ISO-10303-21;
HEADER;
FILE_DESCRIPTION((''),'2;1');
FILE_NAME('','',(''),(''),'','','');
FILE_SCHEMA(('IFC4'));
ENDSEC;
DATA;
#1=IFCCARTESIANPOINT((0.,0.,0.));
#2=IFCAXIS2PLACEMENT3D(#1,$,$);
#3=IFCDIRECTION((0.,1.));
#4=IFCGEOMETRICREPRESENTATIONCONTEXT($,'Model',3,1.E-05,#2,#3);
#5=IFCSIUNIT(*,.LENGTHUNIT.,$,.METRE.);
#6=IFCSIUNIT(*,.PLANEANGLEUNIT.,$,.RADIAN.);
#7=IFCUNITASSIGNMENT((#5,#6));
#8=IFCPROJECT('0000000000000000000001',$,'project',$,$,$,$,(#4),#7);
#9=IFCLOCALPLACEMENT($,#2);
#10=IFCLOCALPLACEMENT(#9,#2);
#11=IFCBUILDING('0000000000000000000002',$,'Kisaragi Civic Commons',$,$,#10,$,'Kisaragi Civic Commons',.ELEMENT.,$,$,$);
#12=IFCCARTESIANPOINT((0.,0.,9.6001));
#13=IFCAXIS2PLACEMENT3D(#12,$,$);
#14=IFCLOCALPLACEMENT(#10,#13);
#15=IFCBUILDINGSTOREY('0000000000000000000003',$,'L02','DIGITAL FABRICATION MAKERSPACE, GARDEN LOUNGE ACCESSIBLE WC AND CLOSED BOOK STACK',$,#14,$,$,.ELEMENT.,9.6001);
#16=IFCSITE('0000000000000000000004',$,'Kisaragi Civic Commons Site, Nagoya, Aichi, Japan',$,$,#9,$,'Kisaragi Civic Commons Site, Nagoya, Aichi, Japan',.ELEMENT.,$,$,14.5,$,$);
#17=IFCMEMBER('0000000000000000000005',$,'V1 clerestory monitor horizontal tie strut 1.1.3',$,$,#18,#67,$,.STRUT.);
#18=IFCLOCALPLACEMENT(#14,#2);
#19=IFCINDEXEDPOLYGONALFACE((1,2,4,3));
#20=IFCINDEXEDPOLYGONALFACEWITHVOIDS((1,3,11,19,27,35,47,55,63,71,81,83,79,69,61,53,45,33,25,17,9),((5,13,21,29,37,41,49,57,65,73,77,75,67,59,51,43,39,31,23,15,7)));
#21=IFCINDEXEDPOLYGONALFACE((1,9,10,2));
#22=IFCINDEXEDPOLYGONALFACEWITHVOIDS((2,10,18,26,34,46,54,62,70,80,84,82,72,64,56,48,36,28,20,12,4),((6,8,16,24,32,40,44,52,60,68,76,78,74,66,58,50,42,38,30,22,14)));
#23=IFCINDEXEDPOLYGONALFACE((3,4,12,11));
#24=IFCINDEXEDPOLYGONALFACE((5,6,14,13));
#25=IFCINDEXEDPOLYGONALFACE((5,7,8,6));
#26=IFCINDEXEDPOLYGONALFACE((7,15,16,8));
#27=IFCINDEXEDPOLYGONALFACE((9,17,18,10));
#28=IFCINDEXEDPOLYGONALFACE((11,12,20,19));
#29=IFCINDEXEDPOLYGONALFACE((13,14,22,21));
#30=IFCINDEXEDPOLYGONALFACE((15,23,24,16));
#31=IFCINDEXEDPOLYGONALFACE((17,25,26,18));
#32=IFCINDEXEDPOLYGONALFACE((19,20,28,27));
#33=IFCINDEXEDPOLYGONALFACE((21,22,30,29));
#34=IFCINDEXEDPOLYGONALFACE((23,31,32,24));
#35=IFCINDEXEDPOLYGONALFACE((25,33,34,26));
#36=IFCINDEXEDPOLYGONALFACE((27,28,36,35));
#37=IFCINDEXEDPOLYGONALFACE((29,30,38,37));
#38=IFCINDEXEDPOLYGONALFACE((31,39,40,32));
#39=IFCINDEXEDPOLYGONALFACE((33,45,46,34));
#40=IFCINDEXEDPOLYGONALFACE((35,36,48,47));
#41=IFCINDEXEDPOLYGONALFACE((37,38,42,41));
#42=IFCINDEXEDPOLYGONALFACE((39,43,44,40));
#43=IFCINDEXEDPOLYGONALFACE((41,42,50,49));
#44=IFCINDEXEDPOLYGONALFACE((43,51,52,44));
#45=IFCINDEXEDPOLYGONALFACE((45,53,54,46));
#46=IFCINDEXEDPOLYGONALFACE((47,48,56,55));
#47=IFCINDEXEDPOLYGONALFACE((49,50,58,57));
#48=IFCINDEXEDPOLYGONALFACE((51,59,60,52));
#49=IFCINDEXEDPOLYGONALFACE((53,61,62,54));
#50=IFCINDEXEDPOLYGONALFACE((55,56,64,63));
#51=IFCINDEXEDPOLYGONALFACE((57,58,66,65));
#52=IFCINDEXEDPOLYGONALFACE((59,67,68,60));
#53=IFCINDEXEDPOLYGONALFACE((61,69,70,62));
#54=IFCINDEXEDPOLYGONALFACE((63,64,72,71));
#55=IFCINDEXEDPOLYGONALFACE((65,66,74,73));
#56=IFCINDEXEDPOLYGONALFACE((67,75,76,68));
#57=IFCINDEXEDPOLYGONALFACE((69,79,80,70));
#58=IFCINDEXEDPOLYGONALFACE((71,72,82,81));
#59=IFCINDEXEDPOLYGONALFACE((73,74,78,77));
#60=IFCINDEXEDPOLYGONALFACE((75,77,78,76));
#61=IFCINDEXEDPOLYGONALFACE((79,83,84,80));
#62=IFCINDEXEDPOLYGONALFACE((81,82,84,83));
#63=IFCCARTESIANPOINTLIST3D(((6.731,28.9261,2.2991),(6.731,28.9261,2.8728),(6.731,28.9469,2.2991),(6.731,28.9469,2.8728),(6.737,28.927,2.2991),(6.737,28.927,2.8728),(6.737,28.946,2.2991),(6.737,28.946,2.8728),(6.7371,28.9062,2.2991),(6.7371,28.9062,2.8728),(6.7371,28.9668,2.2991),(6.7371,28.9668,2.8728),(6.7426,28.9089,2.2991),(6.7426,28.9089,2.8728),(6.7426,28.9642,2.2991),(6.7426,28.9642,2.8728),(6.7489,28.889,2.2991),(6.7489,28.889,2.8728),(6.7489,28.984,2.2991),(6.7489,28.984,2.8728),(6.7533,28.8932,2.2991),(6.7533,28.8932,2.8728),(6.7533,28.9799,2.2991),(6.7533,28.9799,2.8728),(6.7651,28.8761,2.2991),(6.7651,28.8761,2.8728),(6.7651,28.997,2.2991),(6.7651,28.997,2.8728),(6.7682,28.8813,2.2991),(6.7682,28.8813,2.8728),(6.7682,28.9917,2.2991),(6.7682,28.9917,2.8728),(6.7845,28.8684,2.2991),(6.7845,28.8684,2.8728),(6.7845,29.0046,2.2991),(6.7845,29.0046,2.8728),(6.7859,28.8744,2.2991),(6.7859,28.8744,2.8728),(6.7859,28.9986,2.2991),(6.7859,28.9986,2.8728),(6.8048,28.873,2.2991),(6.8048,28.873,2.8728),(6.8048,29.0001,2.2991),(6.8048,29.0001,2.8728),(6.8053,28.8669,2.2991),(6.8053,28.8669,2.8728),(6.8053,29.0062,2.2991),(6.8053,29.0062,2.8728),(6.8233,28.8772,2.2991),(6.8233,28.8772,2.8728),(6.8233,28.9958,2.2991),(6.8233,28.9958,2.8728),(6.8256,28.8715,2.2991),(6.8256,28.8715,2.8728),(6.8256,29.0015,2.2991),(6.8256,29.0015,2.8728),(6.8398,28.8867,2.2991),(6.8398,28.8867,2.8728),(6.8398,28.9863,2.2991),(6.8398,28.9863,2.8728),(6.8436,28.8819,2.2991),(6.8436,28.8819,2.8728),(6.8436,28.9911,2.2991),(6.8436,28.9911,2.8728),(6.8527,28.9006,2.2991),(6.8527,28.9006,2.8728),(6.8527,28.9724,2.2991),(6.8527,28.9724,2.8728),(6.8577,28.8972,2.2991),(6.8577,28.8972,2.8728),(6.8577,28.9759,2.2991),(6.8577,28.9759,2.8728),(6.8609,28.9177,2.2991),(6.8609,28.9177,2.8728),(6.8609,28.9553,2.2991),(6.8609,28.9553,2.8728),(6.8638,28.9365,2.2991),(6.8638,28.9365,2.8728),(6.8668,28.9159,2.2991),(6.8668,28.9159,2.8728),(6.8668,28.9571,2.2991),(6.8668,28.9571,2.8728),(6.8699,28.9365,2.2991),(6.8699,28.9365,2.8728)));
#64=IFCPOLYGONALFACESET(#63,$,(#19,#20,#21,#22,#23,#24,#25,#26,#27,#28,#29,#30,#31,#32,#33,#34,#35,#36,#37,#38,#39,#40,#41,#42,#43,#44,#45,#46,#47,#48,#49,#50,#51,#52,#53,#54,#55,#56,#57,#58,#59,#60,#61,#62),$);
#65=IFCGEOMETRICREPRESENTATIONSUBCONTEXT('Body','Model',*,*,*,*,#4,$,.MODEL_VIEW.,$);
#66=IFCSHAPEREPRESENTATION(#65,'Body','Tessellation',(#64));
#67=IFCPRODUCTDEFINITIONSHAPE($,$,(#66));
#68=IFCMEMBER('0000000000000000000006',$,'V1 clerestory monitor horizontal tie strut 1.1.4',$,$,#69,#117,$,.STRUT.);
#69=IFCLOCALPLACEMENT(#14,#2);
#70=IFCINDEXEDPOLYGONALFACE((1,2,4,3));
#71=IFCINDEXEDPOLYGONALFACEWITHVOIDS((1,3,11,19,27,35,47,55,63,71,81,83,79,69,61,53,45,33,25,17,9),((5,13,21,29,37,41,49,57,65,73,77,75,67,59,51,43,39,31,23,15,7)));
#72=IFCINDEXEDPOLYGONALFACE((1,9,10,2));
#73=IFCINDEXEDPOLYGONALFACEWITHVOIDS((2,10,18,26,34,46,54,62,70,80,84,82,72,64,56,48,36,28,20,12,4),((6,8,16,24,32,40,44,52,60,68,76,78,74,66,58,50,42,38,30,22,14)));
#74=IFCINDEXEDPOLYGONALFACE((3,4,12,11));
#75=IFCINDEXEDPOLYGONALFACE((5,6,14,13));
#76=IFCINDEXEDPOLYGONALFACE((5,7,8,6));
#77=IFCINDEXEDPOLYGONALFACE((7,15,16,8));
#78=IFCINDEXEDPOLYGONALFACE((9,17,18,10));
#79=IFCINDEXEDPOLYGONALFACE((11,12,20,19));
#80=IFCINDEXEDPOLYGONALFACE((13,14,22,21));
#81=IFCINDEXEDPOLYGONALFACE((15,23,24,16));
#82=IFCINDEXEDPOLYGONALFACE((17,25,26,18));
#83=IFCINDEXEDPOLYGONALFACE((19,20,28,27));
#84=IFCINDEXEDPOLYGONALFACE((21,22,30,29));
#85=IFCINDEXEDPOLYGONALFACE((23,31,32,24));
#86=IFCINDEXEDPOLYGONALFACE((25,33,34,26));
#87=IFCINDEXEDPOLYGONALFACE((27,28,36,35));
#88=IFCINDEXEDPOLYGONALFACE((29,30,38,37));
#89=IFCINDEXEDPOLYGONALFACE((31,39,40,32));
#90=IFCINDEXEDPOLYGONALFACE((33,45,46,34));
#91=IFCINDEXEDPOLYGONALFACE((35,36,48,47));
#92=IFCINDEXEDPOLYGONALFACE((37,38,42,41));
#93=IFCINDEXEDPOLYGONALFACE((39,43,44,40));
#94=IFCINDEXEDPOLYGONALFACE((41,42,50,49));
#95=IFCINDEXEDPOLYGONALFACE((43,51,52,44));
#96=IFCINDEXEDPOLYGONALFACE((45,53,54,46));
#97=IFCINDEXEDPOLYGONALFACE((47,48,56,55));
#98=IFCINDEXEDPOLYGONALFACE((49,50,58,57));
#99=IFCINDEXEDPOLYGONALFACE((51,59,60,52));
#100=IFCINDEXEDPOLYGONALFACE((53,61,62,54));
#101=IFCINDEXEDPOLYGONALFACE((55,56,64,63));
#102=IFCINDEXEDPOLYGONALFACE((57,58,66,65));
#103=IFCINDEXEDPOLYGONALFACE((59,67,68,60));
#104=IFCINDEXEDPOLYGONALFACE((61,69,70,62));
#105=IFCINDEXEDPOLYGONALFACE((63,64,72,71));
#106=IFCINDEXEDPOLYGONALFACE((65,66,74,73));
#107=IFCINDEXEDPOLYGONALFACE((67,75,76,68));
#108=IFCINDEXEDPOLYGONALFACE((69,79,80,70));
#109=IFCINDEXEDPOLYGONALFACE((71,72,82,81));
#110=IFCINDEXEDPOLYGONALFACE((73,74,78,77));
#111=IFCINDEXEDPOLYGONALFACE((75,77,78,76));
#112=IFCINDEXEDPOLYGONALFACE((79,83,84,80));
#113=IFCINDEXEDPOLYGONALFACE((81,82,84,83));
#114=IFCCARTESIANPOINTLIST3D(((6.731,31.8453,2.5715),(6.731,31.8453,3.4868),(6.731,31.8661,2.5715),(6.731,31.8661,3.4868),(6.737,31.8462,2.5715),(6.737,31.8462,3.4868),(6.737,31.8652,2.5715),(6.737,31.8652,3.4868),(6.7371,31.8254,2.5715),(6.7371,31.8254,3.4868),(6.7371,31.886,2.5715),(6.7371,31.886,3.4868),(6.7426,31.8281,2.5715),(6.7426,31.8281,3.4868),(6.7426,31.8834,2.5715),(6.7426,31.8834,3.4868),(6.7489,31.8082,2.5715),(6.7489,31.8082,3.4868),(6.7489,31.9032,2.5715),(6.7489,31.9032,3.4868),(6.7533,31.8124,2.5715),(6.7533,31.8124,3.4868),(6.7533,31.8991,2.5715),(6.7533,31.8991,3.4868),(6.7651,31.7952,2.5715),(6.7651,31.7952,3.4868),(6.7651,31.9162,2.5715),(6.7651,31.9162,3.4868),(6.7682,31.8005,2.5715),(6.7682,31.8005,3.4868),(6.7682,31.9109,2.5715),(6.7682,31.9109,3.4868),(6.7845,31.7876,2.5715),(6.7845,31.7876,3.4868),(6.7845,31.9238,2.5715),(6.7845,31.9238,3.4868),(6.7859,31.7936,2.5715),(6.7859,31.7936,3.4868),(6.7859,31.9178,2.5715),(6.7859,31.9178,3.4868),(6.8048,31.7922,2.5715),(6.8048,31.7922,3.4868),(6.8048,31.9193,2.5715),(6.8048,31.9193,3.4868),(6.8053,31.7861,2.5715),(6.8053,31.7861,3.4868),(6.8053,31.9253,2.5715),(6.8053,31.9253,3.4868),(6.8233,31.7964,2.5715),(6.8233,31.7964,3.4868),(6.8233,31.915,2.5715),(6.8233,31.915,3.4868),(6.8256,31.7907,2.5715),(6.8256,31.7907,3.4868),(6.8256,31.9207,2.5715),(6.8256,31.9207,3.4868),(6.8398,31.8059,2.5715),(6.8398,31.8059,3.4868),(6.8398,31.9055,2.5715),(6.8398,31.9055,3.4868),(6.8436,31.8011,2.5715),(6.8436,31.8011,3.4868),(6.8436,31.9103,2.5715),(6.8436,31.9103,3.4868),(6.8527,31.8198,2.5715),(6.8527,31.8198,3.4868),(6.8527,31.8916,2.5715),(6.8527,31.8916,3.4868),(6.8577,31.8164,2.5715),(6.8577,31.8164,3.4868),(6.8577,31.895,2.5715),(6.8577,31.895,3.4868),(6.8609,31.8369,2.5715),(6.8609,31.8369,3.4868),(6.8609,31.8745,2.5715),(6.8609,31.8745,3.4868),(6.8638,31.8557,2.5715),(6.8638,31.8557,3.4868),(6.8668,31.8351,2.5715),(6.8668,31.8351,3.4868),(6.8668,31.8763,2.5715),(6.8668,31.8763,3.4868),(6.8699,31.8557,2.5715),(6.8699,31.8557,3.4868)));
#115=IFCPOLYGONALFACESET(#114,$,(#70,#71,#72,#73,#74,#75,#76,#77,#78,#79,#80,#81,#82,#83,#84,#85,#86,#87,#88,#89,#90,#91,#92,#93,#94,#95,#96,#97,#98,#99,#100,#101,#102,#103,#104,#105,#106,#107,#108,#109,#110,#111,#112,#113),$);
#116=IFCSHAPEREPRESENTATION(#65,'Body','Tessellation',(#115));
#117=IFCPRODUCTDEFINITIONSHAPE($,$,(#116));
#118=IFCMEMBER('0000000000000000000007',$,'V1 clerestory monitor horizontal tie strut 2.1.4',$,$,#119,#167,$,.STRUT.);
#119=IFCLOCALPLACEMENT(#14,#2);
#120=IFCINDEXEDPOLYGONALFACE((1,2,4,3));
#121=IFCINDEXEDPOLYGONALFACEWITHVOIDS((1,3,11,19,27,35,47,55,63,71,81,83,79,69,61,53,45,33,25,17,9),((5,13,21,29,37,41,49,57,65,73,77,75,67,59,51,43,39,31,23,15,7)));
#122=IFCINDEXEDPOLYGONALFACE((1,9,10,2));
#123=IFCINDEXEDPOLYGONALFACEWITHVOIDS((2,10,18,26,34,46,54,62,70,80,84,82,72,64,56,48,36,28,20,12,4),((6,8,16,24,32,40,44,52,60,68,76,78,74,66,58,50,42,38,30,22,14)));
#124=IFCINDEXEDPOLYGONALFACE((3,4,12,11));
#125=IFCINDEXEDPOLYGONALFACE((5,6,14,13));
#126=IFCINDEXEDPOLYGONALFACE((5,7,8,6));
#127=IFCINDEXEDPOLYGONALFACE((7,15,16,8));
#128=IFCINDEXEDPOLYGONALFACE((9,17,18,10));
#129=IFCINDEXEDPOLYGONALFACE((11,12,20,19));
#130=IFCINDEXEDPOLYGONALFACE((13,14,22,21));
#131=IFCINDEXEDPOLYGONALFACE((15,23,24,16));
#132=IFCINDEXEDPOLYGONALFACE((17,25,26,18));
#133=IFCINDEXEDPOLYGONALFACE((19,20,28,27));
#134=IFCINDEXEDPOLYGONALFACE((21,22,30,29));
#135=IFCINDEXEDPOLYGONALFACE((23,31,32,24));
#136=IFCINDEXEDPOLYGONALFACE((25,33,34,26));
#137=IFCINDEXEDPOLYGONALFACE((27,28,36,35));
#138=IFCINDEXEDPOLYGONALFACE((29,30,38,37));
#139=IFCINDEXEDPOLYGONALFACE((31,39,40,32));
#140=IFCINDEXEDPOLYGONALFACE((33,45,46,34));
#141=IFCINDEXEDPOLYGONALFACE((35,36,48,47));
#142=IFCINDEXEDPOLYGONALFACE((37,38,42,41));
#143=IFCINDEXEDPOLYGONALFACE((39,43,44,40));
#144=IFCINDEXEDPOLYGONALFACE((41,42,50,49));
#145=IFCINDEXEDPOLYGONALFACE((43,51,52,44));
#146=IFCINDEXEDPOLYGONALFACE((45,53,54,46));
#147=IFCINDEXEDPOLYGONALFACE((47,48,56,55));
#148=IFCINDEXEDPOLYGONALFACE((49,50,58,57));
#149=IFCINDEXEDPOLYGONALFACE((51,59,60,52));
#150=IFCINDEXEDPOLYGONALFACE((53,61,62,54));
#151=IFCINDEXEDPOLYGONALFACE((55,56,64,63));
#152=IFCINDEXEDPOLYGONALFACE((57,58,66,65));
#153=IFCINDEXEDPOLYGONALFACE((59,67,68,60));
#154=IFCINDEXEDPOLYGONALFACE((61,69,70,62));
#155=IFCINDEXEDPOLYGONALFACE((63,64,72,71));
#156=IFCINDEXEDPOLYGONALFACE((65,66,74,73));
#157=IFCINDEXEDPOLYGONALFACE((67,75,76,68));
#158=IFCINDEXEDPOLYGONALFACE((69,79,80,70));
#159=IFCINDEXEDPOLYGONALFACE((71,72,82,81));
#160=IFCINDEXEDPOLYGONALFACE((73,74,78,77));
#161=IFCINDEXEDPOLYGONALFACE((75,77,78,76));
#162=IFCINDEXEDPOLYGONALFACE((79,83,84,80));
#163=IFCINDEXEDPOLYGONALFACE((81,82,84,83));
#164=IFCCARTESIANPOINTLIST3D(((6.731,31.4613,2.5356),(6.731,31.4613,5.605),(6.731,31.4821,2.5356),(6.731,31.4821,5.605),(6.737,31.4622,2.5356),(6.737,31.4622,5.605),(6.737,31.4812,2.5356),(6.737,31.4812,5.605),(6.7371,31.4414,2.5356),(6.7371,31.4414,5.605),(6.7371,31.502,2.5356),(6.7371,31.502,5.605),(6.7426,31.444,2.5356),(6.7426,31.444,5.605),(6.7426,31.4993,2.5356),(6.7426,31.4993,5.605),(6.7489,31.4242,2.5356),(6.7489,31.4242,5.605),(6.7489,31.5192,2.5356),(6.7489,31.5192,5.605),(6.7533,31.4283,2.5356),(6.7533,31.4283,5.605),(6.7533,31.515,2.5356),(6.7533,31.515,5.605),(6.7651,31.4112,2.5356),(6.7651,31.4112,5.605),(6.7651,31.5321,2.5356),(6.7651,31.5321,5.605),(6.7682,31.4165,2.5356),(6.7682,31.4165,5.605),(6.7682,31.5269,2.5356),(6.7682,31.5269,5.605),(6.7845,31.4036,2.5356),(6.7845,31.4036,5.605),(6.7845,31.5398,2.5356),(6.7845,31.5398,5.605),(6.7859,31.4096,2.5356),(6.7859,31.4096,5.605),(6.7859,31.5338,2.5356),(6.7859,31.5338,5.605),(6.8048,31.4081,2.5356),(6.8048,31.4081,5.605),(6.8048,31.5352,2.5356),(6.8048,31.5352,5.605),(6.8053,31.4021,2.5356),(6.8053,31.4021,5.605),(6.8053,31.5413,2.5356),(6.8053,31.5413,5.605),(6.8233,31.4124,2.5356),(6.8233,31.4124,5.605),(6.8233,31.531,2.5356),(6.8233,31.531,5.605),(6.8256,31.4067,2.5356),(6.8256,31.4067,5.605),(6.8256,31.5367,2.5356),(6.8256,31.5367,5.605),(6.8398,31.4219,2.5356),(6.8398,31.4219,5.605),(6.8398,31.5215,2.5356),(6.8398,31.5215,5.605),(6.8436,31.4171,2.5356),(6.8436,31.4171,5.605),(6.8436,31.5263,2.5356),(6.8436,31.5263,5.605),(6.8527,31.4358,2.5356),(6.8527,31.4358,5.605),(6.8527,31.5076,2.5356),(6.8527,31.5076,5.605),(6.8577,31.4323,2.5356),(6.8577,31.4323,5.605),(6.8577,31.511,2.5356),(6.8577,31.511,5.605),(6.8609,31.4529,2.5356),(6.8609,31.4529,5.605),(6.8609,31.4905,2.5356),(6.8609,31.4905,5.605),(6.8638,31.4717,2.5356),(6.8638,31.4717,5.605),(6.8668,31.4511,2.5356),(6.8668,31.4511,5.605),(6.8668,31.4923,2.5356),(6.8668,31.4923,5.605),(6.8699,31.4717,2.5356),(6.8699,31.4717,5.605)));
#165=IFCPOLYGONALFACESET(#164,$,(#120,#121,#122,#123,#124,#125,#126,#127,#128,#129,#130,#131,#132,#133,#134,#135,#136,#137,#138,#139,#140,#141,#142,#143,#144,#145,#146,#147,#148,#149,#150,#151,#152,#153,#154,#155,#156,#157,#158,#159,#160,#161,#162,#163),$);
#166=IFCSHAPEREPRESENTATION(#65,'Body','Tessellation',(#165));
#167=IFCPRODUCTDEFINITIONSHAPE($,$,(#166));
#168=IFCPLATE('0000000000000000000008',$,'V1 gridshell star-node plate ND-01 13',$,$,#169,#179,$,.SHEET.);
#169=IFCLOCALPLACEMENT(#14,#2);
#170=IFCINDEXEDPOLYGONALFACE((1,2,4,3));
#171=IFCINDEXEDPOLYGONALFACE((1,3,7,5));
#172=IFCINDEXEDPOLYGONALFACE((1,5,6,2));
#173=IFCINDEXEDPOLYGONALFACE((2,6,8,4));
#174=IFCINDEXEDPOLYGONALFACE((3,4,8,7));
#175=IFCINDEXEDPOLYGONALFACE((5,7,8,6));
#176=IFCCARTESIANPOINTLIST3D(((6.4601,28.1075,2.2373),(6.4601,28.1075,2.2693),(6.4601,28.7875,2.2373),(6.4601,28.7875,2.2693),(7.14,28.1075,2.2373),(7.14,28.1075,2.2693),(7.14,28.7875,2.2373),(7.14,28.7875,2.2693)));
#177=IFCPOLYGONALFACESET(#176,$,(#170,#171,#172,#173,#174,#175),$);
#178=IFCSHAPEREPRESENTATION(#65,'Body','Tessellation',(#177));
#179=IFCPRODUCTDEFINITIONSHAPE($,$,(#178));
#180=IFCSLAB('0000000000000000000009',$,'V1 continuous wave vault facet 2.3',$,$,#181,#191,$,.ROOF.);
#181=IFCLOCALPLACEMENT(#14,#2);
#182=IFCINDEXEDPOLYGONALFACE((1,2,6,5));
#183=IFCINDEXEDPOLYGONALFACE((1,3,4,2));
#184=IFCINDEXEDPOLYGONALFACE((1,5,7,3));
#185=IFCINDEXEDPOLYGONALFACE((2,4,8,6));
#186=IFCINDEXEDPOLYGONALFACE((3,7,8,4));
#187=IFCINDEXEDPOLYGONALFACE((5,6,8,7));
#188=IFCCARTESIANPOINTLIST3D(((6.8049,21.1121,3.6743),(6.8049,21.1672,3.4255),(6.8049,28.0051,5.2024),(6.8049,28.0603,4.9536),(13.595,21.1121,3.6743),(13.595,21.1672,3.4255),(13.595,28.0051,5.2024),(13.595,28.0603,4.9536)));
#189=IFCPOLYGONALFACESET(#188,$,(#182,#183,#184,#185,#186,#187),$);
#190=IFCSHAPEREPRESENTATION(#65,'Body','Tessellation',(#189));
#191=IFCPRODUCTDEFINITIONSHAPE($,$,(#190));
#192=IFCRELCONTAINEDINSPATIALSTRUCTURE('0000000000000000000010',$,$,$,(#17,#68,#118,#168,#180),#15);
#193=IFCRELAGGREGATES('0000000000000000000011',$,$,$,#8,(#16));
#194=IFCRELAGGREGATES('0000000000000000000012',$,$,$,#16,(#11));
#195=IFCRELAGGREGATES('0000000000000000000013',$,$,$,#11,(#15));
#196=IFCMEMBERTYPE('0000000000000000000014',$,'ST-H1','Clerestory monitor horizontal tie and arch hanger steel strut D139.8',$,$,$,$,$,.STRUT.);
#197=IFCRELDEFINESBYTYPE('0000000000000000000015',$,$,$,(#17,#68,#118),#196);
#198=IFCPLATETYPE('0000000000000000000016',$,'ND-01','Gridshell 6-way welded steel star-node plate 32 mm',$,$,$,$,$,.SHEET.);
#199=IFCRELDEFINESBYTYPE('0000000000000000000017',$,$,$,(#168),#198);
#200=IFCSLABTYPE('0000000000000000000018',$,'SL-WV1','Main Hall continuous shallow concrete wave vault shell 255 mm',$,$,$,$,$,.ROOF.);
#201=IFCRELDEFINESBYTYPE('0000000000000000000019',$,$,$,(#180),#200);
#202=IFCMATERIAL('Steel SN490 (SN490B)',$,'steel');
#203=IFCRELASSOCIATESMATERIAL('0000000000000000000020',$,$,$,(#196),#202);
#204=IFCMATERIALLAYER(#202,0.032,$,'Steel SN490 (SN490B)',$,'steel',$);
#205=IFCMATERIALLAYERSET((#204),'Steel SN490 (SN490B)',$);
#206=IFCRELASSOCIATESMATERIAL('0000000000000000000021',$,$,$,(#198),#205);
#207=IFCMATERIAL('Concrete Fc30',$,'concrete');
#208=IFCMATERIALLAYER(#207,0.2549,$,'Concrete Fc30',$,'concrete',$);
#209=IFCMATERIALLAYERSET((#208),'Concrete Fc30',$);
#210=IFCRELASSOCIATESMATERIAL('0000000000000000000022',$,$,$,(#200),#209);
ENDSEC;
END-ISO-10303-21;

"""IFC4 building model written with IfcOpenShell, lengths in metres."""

from ifc_helpers import new_model, si_unit, direction, frame, origin, origin_2d, place, context, subcontext, project, spatial, polyline, rectangle, hollow_circle, outline, extrude, material, layer, layer_set, material_profile, profile_set, type_object, element, save


model = new_model("IFC4")

# Units and contexts
model_context = context("Model", 3, precision=1e-05, world=origin(), true_north=direction((0.0, 1.0)))
body_context = subcontext(model_context, "Body", "Model", "MODEL_VIEW")
ifc_project = project(units=[si_unit("LENGTHUNIT", "METRE"), si_unit("PLANEANGLEUNIT", "RADIAN")], contexts=[model_context])

# Site, building, storey
site_placement = place(None, origin())
site = spatial("IfcSite", under=ifc_project, at=site_placement, Name="Kisaragi Civic Commons Site, Nagoya, Aichi, Japan", LongName="Kisaragi Civic Commons Site, Nagoya, Aichi, Japan", CompositionType="ELEMENT", RefElevation=14.5)
building_placement = place(site_placement, origin())
building = spatial("IfcBuilding", under=site, at=building_placement, Name="Kisaragi Civic Commons", LongName="Kisaragi Civic Commons", CompositionType="ELEMENT")
storey_placement = place(building_placement, frame((0.0, 0.0, 9.6001)))
storey = spatial("IfcBuildingStorey", under=building, at=storey_placement, Name="L02", Description="DIGITAL FABRICATION MAKERSPACE, GARDEN LOUNGE ACCESSIBLE WC AND CLOSED BOOK STACK", CompositionType="ELEMENT", Elevation=9.6001)

# Members
ifc_material_1 = material(Name="Steel SN490 (SN490B)", Category="steel")
ifc_material_profile_1 = material_profile(ifc_material_1, hollow_circle(Radius=0.0698, WallThickness=0.0061, at=origin_2d()), Name="CHS-139.8x6.0", Category="steel")
ifc_profile_set_1 = profile_set([ifc_material_profile_1], Name="Steel SN490 (SN490B)")
member_type_1 = type_object("IfcMemberType", Name="ST-H1", Description="Clerestory monitor horizontal tie and arch hanger steel strut D139.8", PredefinedType="STRUT", material=ifc_profile_set_1)
member_1_placement = place(storey_placement, frame((6.8, 28.9365, 2.2991), z_axis=(0.0, 0.0, 1.0), x_axis=(1.0, 0.0, 0.0)))
element("IfcMember", 1, at=member_1_placement, inside=storey, type_object=member_type_1, Name="V1 clerestory monitor horizontal tie strut 1.1.3", PredefinedType="STRUT", context=body_context, shape_type="SweptSolid", body=[
    extrude(hollow_circle(Radius=0.0698, WallThickness=0.0061, at=origin_2d()), origin(), (0.0, 0.0, 1.0), 0.5737),
])
member_2_placement = place(storey_placement, frame((6.8, 31.8557, 2.5715), z_axis=(0.0, 0.0, 1.0), x_axis=(1.0, 0.0, 0.0)))
element("IfcMember", 2, at=member_2_placement, inside=storey, type_object=member_type_1, Name="V1 clerestory monitor horizontal tie strut 1.1.4", PredefinedType="STRUT", context=body_context, shape_type="SweptSolid", body=[
    extrude(hollow_circle(Radius=0.0698, WallThickness=0.0061, at=origin_2d()), origin(), (0.0, 0.0, 1.0), 0.9153),
])
member_3_placement = place(storey_placement, frame((6.8, 31.4717, 2.5356), z_axis=(0.0, 0.0, 1.0), x_axis=(1.0, 0.0, 0.0)))
element("IfcMember", 3, at=member_3_placement, inside=storey, type_object=member_type_1, Name="V1 clerestory monitor horizontal tie strut 2.1.4", PredefinedType="STRUT", context=body_context, shape_type="SweptSolid", body=[
    extrude(hollow_circle(Radius=0.0698, WallThickness=0.0061, at=origin_2d()), origin(), (0.0, 0.0, 1.0), 3.0693),
])

# Plate
ifc_layer_1 = layer(ifc_material_1, 0.032, Name="Steel SN490 (SN490B)", Category="steel")
ifc_layer_set_1 = layer_set([ifc_layer_1], Name="Steel SN490 (SN490B)")
plate_type = type_object("IfcPlateType", Name="ND-01", Description="Gridshell 6-way welded steel star-node plate 32 mm", PredefinedType="SHEET", material=ifc_layer_set_1)
plate_placement = place(storey_placement, frame((6.8, 28.4475, 2.2373), z_axis=(0.0, 0.0, 1.0), x_axis=(1.0, 0.0, 0.0)))
element("IfcPlate", 4, at=plate_placement, inside=storey, type_object=plate_type, Name="V1 gridshell star-node plate ND-01 13", PredefinedType="SHEET", context=body_context, shape_type="SweptSolid", body=[
    extrude(rectangle(XDim=0.6799, YDim=0.6799, at=origin_2d()), origin(), (0.0, 0.0, 1.0), 0.032),
])

# Slab
ifc_material_2 = material(Name="Concrete Fc30", Category="concrete")
ifc_layer_2 = layer(ifc_material_2, 0.2549, Name="Concrete Fc30", Category="concrete")
ifc_layer_set_2 = layer_set([ifc_layer_2], Name="Concrete Fc30")
slab_type = type_object("IfcSlabType", Name="SL-WV1", Description="Main Hall continuous shallow concrete wave vault shell 255 mm", PredefinedType="ROOF", material=ifc_layer_set_2)
slab_placement = place(storey_placement, frame((13.595, 28.0051, 5.2024), z_axis=(0.0, -0.216429, 0.976298), x_axis=(-1.0, 0.0, 0.0)))
element("IfcSlab", 5, at=slab_placement, inside=storey, type_object=slab_type, Name="V1 continuous wave vault facet 2.3", PredefinedType="ROOF", context=body_context, shape_type="SweptSolid", body=[
    extrude(outline(polyline([(0.0, 0.0), (6.79, 0.0), (6.79, 7.0604), (0.0, 7.0604), (0.0, 0.0)])), origin(), (0.0, 0.0, -1.0), 0.2549),
])

save(model, "model.ifc")
